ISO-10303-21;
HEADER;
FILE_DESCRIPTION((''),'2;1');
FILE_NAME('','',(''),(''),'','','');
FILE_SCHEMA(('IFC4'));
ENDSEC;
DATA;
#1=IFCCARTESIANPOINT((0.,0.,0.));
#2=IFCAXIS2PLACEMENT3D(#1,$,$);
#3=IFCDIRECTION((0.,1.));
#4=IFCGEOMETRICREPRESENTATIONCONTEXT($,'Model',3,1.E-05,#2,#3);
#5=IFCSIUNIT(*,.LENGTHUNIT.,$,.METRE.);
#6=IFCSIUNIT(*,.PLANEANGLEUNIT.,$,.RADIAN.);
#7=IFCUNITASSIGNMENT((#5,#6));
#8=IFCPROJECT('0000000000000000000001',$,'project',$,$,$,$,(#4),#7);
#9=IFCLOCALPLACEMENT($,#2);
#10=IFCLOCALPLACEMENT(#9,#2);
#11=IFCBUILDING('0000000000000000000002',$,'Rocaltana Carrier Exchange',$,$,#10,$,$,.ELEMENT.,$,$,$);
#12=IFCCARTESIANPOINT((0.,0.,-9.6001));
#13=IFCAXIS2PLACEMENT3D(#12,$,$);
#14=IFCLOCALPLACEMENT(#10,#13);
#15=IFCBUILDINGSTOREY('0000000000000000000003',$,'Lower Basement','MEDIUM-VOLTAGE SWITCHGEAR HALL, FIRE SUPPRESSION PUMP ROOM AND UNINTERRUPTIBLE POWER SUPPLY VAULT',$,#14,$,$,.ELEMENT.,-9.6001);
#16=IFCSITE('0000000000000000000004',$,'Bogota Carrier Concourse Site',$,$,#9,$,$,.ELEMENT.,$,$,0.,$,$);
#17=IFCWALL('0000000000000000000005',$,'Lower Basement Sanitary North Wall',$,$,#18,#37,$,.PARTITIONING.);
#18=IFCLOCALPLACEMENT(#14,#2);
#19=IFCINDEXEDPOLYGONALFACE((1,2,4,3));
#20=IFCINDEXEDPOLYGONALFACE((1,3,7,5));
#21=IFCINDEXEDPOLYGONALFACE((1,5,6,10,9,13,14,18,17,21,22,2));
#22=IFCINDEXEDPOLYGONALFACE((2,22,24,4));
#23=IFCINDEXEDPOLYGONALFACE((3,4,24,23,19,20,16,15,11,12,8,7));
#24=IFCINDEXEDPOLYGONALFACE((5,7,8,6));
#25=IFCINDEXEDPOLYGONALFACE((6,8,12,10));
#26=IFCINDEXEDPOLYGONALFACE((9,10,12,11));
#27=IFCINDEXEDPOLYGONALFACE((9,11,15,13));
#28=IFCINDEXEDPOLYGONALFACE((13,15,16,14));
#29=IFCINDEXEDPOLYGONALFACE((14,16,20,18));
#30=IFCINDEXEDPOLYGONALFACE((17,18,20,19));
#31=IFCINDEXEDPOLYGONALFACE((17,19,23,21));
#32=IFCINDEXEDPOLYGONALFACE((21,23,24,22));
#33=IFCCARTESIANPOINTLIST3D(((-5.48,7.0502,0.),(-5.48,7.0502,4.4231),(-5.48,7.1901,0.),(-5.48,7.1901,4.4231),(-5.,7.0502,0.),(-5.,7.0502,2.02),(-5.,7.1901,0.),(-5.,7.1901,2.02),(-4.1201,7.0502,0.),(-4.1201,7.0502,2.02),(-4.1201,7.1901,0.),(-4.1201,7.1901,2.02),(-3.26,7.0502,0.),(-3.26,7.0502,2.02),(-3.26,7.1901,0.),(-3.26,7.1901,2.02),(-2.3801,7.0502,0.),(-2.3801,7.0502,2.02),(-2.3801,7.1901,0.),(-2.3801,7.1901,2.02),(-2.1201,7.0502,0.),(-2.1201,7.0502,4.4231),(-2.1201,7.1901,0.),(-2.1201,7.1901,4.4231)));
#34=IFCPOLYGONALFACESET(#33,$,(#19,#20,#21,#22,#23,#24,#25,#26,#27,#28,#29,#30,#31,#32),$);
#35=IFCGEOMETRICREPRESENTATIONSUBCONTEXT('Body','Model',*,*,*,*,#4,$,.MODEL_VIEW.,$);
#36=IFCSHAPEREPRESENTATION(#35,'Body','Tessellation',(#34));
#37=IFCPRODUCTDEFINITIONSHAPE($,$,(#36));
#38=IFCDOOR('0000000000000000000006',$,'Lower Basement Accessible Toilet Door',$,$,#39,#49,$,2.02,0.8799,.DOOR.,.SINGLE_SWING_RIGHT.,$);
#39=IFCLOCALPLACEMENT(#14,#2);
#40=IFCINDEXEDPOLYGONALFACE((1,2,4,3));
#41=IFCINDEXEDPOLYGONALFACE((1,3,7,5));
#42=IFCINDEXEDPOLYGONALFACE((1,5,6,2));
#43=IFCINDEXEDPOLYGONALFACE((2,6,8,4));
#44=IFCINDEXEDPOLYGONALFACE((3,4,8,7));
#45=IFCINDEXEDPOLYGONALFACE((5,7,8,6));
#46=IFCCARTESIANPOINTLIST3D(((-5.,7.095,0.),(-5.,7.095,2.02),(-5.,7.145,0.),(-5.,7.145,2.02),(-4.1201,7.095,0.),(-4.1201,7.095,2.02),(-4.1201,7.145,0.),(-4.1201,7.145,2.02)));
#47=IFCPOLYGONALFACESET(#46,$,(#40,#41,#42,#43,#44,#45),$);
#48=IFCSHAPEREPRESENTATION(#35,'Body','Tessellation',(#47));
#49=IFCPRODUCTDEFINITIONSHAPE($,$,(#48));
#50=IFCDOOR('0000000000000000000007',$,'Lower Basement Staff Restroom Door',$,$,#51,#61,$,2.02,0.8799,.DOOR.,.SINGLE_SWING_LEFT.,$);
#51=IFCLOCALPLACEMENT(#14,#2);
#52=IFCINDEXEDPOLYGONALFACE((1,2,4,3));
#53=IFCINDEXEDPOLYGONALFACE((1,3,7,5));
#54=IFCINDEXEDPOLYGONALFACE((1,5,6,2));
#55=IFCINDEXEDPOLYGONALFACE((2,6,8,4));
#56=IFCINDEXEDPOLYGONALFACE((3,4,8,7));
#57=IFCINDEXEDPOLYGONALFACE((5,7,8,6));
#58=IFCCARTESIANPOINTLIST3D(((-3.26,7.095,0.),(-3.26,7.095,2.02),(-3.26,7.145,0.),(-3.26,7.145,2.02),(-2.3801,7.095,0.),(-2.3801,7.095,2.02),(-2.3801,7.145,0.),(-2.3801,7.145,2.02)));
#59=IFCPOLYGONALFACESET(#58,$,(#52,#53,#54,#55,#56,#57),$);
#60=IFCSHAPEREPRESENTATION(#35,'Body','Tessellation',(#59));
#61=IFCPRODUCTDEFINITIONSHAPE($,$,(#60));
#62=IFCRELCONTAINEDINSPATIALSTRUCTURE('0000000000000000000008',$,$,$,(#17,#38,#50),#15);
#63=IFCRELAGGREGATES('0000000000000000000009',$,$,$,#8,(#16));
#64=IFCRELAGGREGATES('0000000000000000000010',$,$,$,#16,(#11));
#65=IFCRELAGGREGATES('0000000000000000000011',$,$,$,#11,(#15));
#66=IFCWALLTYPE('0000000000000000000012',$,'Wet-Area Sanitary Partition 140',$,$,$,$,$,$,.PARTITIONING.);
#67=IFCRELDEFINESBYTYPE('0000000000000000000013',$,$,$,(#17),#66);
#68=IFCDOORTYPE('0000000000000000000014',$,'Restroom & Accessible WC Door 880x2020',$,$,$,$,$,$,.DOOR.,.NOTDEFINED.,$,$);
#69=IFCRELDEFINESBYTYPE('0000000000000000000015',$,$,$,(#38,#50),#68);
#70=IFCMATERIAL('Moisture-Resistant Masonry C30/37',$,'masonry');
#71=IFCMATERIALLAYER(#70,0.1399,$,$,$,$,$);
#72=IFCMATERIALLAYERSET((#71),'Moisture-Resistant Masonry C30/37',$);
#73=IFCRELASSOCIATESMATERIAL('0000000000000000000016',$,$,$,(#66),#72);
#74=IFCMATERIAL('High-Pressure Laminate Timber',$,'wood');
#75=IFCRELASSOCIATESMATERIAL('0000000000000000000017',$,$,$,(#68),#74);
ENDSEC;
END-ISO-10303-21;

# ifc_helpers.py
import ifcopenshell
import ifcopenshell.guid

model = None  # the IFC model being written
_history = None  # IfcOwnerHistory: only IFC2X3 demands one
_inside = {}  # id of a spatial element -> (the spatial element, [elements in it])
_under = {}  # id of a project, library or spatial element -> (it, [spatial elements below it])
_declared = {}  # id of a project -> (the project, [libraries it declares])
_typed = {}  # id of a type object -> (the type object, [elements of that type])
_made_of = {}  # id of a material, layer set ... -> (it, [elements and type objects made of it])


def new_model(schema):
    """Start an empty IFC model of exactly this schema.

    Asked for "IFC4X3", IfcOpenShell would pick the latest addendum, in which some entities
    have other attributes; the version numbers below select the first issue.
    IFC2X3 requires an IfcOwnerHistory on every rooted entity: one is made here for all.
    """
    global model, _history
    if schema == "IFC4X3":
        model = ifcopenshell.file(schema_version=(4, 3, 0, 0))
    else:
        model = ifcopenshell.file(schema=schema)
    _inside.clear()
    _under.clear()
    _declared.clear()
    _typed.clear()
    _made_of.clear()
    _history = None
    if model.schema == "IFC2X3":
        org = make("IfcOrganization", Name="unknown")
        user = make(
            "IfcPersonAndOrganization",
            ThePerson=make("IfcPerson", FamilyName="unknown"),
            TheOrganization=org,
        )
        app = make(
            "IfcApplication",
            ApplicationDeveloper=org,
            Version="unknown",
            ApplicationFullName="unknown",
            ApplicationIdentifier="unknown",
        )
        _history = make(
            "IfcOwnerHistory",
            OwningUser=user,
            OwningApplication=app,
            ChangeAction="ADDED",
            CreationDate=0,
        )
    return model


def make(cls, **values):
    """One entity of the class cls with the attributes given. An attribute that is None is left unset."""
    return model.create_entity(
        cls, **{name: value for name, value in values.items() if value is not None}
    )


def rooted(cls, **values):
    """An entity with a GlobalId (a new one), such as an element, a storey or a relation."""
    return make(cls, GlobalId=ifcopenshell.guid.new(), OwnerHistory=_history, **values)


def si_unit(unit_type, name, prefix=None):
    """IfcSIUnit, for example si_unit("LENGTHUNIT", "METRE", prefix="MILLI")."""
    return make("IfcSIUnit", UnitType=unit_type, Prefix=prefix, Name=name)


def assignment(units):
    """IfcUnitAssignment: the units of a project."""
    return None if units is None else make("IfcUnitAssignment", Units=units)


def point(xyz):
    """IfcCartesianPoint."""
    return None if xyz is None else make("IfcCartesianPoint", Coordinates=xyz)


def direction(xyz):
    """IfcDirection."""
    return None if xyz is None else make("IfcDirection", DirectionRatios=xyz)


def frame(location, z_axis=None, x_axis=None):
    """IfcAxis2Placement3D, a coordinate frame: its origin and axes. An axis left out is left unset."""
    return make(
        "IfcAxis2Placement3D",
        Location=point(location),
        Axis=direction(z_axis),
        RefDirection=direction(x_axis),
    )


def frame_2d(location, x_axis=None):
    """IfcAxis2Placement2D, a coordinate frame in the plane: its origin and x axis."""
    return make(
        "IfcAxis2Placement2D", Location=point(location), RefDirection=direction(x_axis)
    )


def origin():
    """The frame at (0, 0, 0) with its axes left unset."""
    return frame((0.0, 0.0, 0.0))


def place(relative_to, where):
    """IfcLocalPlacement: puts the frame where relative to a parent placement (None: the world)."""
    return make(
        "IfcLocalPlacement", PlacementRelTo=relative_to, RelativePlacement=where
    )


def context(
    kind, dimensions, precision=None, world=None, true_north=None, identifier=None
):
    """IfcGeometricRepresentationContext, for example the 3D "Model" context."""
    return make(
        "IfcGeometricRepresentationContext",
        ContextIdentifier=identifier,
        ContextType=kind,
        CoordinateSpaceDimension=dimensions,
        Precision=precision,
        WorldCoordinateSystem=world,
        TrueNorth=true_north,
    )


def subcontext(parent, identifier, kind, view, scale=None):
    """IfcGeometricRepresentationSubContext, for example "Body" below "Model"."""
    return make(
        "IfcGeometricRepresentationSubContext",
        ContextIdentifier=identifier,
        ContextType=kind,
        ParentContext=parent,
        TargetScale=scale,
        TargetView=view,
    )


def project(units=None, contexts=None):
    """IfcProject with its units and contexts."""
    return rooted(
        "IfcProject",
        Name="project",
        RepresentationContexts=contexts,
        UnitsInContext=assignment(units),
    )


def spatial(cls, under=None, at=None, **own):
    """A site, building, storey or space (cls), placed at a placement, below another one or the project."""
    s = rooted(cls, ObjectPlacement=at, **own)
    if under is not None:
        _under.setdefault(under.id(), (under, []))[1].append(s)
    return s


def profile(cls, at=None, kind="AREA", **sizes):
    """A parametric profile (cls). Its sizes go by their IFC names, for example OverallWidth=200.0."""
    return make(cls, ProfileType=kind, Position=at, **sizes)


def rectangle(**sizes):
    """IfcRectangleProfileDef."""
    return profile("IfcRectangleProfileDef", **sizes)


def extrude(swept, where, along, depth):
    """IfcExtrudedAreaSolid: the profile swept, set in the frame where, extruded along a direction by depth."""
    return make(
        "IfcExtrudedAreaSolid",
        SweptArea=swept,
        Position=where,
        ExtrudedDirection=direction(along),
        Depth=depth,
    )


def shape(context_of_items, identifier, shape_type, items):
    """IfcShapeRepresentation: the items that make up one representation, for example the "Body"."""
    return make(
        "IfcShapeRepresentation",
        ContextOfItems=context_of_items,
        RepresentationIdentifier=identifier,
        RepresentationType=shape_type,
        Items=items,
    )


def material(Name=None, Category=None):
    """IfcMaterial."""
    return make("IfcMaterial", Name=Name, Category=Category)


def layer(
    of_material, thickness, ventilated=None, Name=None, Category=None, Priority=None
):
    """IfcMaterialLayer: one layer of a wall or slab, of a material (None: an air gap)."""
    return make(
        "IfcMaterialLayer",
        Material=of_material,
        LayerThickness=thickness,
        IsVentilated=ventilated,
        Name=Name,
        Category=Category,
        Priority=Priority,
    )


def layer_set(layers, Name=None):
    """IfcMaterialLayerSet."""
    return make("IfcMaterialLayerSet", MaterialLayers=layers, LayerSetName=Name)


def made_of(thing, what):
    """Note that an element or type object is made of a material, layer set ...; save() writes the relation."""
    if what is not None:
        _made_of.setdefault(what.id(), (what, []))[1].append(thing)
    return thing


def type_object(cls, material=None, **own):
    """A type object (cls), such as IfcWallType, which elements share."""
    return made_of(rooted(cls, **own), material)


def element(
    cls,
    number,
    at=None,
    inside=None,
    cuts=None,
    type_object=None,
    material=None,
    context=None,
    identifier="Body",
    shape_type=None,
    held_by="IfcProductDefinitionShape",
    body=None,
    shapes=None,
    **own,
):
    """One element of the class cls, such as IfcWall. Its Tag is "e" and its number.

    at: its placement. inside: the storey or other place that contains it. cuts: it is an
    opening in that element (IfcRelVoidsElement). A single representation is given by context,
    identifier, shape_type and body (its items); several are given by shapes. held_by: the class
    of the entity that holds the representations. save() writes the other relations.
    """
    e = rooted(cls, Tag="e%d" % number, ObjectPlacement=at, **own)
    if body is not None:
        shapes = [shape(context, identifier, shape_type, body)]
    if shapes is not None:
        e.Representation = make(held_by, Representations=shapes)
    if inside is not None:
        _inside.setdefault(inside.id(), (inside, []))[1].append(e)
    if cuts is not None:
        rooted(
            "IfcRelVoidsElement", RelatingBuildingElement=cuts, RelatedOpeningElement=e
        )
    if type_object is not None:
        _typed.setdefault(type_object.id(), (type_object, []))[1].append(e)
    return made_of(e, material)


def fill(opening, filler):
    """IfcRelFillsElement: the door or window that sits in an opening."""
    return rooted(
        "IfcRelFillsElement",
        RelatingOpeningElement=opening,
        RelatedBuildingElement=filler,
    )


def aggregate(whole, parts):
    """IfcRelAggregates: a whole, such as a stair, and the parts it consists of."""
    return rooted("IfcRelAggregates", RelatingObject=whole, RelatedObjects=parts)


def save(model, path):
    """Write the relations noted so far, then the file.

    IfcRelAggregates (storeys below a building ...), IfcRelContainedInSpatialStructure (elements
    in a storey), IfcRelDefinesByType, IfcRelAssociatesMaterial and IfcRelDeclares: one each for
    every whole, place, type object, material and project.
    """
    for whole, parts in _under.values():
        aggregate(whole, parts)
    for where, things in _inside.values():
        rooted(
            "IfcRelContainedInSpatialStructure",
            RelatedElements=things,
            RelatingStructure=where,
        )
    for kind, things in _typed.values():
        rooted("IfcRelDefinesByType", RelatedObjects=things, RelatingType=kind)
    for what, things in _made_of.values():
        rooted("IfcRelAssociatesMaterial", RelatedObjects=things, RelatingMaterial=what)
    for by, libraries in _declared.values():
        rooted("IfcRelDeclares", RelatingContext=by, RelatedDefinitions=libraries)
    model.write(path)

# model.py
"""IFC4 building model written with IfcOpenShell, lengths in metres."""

from ifc_helpers import new_model, si_unit, direction, frame, frame_2d, origin, place, context, subcontext, project, spatial, rectangle, extrude, material, layer, layer_set, type_object, element, fill, save


model = new_model("IFC4")

# Units and contexts
model_context = context("Model", 3, precision=1e-05, world=origin(), true_north=direction((0.0, 1.0)))
body_context = subcontext(model_context, "Body", "Model", "MODEL_VIEW")
ifc_project = project(units=[si_unit("LENGTHUNIT", "METRE"), si_unit("PLANEANGLEUNIT", "RADIAN")], contexts=[model_context])

# Site, building, storey
site_placement = place(None, origin())
site = spatial("IfcSite", under=ifc_project, at=site_placement, Name="Bogota Carrier Concourse Site", CompositionType="ELEMENT", RefElevation=0.0)
building_placement = place(site_placement, origin())
building = spatial("IfcBuilding", under=site, at=building_placement, Name="Rocaltana Carrier Exchange", CompositionType="ELEMENT")
storey_placement = place(building_placement, frame((0.0, 0.0, -9.6001)))
storey = spatial("IfcBuildingStorey", under=building, at=storey_placement, Name="Lower Basement", Description="MEDIUM-VOLTAGE SWITCHGEAR HALL, FIRE SUPPRESSION PUMP ROOM AND UNINTERRUPTIBLE POWER SUPPLY VAULT", CompositionType="ELEMENT", Elevation=-9.6001)

# Shared definitions
ifc_material_1 = material(Name="Moisture-Resistant Masonry C30/37", Category="masonry")
ifc_layer_1 = layer(ifc_material_1, 0.1399)
ifc_layer_set_1 = layer_set([ifc_layer_1], Name="Moisture-Resistant Masonry C30/37")
wall_type_1 = type_object("IfcWallType", Name="Wet-Area Sanitary Partition 140", PredefinedType="PARTITIONING", material=ifc_layer_set_1)

# Wall, openings, doors
wall_1_placement = place(storey_placement, frame((-5.48, 7.1201, 0.0), z_axis=(0.0, 0.0, 1.0), x_axis=(1.0, 0.0, 0.0)))
wall_1 = element("IfcWall", 1, at=wall_1_placement, inside=storey, type_object=wall_type_1, Name="Lower Basement Sanitary North Wall", PredefinedType="PARTITIONING", context=body_context, shape_type="SweptSolid", body=[
    extrude(rectangle(XDim=3.3599, YDim=0.1399, at=frame_2d((1.6799, 0.0))), origin(), (0.0, 0.0, 1.0), 4.4231),
])
opening_1_placement = place(wall_1_placement, frame((0.48, 0.0, 0.0)))
opening_1 = element("IfcOpeningElement", 2, at=opening_1_placement, cuts=wall_1, PredefinedType="OPENING", context=body_context, shape_type="SweptSolid", body=[
    extrude(rectangle(XDim=0.8799, YDim=2.02, at=frame_2d((0.4399, 1.01))), frame((0.0, 0.0798, 0.0), z_axis=(0.0, -1.0, 0.0), x_axis=(1.0, 0.0, 0.0)), (0.0, 0.0, 1.0), 0.1599),
])
opening_2_placement = place(wall_1_placement, frame((2.22, 0.0, 0.0)))
opening_2 = element("IfcOpeningElement", 3, at=opening_2_placement, cuts=wall_1, PredefinedType="OPENING", context=body_context, shape_type="SweptSolid", body=[
    extrude(rectangle(XDim=0.8799, YDim=2.02, at=frame_2d((0.4399, 1.01))), frame((0.0, 0.0798, 0.0), z_axis=(0.0, -1.0, 0.0), x_axis=(1.0, 0.0, 0.0)), (0.0, 0.0, 1.0), 0.1599),
])
ifc_material_2 = material(Name="High-Pressure Laminate Timber", Category="wood")
door_type_1 = type_object("IfcDoorType", Name="Restroom & Accessible WC Door 880x2020", OperationType="NOTDEFINED", PredefinedType="DOOR", material=ifc_material_2)
door_1_placement = place(opening_1_placement, origin())
door_1 = element("IfcDoor", 4, at=door_1_placement, inside=storey, type_object=door_type_1, Name="Lower Basement Accessible Toilet Door", OperationType="SINGLE_SWING_RIGHT", OverallHeight=2.02, OverallWidth=0.8799, PredefinedType="DOOR", context=body_context, shape_type="SweptSolid", body=[
    extrude(rectangle(XDim=0.8799, YDim=2.02, at=frame_2d((0.4399, 1.01))), frame((0.0, 0.0249, 0.0), z_axis=(0.0, -1.0, 0.0), x_axis=(1.0, 0.0, 0.0)), (0.0, 0.0, 1.0), 0.05),
])
fill(opening_1, door_1)
door_2_placement = place(opening_2_placement, origin())
door_2 = element("IfcDoor", 5, at=door_2_placement, inside=storey, type_object=door_type_1, Name="Lower Basement Staff Restroom Door", OperationType="SINGLE_SWING_LEFT", OverallHeight=2.02, OverallWidth=0.8799, PredefinedType="DOOR", context=body_context, shape_type="SweptSolid", body=[
    extrude(rectangle(XDim=0.8799, YDim=2.02, at=frame_2d((0.4399, 1.01))), frame((0.0, 0.0249, 0.0), z_axis=(0.0, -1.0, 0.0), x_axis=(1.0, 0.0, 0.0)), (0.0, 0.0, 1.0), 0.05),
])
fill(opening_2, door_2)

save(model, "model.ifc")
